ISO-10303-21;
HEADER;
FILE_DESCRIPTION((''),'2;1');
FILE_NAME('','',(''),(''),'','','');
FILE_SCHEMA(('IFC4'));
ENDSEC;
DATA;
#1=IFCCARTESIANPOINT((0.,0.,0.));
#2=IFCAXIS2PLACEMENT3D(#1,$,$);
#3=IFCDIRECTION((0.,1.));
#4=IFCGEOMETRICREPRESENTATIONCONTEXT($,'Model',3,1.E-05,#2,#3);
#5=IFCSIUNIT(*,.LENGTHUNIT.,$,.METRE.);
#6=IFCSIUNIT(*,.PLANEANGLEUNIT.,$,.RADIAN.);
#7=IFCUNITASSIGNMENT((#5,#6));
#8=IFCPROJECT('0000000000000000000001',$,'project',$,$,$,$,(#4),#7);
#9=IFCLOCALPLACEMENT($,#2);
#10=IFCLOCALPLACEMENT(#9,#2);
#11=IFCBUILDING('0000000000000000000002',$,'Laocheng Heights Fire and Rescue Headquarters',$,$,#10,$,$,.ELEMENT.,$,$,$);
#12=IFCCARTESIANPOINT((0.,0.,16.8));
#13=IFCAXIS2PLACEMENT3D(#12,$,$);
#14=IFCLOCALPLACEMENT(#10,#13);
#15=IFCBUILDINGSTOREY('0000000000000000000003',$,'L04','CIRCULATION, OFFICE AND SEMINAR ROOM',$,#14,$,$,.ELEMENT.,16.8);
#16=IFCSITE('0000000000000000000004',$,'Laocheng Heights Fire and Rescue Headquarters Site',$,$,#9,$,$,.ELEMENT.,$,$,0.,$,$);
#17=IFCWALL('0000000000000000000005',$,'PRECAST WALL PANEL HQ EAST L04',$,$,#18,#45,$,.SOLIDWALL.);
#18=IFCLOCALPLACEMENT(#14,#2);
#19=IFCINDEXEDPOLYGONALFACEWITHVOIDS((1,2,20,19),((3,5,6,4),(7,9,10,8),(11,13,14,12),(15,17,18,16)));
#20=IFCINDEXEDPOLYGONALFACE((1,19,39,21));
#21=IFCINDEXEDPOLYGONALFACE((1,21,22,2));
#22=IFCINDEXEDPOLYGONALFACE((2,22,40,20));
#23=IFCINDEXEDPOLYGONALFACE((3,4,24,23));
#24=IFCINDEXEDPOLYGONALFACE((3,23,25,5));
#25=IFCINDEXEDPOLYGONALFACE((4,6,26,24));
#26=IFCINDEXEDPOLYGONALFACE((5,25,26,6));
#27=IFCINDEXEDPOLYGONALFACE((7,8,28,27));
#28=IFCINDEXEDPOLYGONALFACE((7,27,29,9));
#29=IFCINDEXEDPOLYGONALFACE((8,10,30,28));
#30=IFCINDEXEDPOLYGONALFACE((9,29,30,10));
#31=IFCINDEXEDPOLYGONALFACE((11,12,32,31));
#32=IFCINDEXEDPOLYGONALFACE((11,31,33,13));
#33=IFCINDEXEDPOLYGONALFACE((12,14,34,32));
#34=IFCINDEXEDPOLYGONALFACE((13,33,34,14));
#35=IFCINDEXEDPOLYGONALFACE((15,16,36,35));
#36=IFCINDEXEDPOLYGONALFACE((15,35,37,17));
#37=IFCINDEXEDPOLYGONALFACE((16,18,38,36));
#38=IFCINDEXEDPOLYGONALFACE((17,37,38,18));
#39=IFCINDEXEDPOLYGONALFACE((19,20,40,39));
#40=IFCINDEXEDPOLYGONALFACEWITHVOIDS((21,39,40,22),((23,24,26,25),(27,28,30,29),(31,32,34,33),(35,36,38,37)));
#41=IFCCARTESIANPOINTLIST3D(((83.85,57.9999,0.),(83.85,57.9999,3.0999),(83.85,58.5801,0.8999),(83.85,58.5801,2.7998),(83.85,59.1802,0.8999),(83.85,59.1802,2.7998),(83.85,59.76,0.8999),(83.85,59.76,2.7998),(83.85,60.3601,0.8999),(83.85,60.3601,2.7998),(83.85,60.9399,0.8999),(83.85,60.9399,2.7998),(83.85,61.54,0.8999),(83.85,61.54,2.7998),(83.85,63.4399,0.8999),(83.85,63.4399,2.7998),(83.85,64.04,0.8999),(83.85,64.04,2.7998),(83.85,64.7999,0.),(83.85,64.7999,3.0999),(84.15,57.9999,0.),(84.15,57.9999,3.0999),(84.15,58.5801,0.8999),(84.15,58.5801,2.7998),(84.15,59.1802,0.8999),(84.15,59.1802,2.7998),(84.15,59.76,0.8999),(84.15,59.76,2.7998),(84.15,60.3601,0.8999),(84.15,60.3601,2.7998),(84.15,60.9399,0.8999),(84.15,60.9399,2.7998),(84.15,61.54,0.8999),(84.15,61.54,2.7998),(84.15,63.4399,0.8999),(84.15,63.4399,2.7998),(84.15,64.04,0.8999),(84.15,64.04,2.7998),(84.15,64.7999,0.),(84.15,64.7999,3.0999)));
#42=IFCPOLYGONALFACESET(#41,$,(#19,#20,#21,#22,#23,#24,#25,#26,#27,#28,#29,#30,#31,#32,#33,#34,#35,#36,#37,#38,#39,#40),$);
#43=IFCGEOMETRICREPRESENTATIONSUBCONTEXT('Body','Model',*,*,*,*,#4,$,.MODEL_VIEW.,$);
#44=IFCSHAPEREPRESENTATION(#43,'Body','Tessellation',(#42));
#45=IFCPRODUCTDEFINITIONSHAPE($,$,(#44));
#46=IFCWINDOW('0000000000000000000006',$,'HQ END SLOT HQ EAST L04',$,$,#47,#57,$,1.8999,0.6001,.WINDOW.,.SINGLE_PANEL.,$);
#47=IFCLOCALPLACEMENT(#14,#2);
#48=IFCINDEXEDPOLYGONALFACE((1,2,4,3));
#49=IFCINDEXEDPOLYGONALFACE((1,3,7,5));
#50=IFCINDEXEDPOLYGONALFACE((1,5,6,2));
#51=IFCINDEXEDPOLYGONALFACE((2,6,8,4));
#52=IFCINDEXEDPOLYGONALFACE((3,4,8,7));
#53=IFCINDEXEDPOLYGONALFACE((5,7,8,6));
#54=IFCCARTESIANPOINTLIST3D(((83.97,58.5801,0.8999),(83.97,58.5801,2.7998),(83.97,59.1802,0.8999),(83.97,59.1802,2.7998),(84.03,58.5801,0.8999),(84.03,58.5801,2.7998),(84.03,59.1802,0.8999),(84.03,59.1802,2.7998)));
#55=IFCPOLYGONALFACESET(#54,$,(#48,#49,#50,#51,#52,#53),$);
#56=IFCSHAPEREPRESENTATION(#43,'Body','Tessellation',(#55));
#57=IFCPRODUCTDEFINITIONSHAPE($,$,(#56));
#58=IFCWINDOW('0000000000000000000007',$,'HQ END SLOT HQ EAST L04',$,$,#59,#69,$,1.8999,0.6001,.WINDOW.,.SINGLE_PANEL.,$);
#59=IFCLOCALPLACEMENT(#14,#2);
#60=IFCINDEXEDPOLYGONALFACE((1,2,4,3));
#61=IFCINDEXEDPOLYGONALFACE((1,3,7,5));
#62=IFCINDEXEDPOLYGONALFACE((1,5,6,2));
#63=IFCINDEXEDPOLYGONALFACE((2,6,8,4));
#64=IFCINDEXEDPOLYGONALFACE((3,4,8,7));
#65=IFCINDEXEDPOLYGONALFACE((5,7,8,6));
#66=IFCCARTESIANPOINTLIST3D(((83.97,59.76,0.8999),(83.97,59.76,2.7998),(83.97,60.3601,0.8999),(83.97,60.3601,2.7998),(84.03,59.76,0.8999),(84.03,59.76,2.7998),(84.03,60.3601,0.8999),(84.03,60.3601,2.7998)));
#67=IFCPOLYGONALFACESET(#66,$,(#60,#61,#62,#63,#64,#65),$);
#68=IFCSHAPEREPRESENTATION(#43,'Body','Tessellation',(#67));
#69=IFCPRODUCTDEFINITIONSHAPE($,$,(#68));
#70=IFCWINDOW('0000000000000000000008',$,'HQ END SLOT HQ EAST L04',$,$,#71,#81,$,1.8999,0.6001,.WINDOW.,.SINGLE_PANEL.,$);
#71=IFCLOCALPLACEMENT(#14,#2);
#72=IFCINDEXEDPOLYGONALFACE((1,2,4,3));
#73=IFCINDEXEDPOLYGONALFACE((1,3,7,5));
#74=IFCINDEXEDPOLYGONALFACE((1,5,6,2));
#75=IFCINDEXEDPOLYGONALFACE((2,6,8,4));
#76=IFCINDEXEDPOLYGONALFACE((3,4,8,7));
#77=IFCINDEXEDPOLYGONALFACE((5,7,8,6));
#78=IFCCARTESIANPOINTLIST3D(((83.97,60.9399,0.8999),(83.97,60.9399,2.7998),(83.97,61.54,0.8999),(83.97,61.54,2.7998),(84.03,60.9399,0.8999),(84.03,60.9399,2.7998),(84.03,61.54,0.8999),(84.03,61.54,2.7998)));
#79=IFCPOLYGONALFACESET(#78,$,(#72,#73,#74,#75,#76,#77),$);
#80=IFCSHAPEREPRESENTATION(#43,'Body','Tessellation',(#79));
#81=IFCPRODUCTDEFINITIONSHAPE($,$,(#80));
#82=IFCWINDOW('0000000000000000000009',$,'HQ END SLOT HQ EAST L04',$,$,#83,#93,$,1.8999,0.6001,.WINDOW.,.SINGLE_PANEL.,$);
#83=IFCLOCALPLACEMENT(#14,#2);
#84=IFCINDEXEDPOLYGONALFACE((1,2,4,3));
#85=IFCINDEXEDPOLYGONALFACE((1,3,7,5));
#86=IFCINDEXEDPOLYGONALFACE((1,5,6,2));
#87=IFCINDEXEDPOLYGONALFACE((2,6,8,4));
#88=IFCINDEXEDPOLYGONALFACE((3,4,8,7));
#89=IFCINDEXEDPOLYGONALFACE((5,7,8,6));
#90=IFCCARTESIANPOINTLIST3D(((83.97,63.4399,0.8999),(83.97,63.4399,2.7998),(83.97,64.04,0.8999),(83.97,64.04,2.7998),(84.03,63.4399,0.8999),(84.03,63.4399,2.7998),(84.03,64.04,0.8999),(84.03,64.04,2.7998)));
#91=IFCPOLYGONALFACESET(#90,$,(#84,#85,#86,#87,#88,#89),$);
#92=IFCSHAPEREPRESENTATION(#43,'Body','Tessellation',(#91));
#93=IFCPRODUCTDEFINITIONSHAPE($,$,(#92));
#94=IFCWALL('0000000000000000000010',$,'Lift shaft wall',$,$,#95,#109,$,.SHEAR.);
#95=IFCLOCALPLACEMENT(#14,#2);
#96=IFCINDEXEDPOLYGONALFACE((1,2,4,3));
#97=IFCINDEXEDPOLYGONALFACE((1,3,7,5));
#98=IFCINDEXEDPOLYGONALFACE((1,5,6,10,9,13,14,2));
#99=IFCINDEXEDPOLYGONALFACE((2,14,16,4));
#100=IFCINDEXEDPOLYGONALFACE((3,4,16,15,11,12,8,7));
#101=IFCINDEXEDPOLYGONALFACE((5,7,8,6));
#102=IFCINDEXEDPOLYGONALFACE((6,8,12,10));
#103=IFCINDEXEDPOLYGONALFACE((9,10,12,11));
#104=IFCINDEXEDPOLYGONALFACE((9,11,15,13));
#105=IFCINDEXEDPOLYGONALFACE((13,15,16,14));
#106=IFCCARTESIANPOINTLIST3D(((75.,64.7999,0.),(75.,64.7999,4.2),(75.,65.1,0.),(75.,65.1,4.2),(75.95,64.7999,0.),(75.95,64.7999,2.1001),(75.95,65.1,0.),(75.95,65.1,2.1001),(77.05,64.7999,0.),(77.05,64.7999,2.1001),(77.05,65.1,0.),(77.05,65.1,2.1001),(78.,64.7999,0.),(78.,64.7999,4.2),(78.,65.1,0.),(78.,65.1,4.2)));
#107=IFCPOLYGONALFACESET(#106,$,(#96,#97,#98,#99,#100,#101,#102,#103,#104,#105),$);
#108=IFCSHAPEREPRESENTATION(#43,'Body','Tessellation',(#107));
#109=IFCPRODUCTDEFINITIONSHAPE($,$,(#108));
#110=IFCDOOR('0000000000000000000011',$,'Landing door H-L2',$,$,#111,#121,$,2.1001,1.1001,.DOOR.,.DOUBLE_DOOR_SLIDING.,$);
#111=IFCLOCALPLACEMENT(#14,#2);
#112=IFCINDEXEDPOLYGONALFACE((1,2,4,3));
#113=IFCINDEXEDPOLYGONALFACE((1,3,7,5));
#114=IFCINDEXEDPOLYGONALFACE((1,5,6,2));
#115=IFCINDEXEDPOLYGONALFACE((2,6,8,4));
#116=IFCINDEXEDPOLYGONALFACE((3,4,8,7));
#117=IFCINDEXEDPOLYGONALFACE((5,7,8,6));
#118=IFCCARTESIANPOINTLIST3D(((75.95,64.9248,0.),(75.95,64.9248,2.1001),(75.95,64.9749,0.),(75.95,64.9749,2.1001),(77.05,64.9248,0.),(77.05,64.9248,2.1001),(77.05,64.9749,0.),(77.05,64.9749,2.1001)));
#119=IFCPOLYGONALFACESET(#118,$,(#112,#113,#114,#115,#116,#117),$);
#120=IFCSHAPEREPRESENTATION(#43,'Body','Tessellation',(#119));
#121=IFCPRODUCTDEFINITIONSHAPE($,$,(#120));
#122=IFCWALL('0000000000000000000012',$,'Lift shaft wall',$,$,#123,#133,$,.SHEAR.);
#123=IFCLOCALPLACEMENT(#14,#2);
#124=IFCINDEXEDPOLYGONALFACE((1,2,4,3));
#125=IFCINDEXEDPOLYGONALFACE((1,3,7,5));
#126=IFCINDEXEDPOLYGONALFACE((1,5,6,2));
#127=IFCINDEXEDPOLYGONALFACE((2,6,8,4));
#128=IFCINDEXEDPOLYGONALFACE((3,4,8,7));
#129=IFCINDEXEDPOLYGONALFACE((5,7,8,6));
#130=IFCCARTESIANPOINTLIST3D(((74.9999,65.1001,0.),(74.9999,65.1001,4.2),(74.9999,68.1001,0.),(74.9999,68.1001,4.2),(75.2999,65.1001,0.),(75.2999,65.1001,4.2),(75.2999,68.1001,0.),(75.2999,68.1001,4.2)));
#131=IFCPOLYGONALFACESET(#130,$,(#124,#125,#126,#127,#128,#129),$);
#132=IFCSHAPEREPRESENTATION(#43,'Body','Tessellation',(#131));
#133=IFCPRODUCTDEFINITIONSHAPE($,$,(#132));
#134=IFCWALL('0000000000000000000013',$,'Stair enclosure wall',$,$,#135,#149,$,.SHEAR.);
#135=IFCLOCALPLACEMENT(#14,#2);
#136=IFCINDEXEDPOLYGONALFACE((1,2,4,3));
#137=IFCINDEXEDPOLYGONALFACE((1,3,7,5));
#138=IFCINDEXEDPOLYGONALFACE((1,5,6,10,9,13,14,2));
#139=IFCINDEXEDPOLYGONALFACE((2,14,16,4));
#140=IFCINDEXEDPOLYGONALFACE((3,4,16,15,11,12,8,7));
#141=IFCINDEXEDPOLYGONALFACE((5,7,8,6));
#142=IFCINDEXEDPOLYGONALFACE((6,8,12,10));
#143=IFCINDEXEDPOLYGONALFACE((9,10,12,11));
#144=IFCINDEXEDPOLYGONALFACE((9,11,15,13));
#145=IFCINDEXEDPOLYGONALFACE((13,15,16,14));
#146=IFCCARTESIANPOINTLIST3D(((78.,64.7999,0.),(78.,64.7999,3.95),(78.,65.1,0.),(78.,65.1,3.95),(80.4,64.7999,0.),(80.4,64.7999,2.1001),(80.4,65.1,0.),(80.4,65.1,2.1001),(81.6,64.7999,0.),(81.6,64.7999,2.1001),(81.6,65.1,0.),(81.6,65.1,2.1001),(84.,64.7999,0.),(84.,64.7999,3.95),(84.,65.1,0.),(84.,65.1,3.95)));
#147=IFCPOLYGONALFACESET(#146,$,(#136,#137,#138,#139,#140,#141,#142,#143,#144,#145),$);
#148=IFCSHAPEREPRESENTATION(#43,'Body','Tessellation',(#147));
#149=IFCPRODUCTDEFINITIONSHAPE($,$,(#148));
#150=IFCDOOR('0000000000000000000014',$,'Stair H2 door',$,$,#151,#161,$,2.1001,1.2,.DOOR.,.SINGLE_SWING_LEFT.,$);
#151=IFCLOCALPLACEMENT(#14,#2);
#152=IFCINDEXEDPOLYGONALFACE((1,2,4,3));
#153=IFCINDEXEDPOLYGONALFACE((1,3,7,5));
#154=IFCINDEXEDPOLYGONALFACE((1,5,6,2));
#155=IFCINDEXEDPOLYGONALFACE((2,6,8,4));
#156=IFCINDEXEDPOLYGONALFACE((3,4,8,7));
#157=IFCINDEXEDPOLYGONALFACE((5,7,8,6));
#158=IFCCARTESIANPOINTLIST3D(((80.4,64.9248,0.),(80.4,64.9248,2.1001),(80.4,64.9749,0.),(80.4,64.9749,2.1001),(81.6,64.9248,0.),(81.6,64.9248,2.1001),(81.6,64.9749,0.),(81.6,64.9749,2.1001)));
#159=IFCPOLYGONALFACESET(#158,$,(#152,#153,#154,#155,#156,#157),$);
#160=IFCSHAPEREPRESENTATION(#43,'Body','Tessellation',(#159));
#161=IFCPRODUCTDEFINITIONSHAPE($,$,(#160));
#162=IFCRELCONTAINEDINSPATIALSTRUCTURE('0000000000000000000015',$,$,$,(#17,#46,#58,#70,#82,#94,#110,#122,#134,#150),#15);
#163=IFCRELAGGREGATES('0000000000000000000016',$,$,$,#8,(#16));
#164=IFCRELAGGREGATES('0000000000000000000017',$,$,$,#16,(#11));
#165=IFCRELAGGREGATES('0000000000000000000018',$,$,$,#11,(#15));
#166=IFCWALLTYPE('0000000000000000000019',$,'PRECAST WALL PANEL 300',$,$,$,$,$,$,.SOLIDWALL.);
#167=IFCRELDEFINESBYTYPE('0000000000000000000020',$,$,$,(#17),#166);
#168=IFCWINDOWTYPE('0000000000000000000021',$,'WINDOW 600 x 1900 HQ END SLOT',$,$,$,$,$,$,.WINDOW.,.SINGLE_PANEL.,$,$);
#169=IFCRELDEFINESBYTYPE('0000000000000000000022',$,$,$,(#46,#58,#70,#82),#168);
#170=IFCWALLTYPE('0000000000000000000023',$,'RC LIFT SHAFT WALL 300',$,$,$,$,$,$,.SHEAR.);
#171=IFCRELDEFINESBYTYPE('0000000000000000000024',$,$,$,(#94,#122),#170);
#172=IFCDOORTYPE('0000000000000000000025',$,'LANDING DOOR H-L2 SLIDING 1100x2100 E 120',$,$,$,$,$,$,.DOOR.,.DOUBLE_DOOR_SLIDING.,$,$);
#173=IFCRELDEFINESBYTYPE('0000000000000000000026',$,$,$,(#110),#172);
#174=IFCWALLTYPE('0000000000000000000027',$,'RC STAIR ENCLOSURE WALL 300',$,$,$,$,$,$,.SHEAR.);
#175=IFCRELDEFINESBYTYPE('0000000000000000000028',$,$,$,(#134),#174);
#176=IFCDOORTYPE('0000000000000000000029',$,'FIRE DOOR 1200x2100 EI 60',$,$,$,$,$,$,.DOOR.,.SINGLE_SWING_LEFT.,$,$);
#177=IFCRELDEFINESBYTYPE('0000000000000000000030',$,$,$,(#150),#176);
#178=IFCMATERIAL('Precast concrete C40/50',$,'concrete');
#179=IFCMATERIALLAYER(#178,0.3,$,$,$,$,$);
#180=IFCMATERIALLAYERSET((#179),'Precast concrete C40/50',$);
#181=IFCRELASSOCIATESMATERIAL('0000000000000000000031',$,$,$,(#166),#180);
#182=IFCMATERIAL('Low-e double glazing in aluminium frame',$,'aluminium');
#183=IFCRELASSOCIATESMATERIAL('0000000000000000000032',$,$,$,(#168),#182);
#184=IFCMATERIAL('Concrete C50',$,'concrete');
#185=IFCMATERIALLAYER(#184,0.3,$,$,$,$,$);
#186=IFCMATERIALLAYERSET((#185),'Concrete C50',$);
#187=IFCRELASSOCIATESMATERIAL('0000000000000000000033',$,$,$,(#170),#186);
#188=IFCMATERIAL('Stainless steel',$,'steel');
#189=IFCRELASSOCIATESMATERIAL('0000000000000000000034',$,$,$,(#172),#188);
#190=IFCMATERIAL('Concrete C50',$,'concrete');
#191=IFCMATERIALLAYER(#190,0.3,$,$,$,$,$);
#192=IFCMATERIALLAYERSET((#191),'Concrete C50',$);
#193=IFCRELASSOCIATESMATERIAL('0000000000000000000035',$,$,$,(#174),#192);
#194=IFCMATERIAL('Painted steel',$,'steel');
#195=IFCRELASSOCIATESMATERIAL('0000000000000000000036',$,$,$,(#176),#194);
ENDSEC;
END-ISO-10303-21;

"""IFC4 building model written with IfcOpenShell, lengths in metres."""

from ifc_helpers import new_model, si_unit, direction, frame, frame_2d, origin, place, context, subcontext, project, spatial, rectangle, extrude, material, layer, layer_set, type_object, element, fill, save


model = new_model("IFC4")

# Units and contexts
model_context = context("Model", 3, precision=1e-05, world=origin(), true_north=direction((0.0, 1.0)))
body_context = subcontext(model_context, "Body", "Model", "MODEL_VIEW")
ifc_project = project(units=[si_unit("LENGTHUNIT", "METRE"), si_unit("PLANEANGLEUNIT", "RADIAN")], contexts=[model_context])

# Site, building, storey
site_placement = place(None, origin())
site = spatial("IfcSite", under=ifc_project, at=site_placement, Name="Laocheng Heights Fire and Rescue Headquarters Site", CompositionType="ELEMENT", RefElevation=0.0)
building_placement = place(site_placement, origin())
building = spatial("IfcBuilding", under=site, at=building_placement, Name="Laocheng Heights Fire and Rescue Headquarters", CompositionType="ELEMENT")
storey_placement = place(building_placement, frame((0.0, 0.0, 16.8)))
storey = spatial("IfcBuildingStorey", under=building, at=storey_placement, Name="L04", Description="CIRCULATION, OFFICE AND SEMINAR ROOM", CompositionType="ELEMENT", Elevation=16.8)

# Wall, openings, windows
ifc_material_1 = material(Name="Precast concrete C40/50", Category="concrete")
ifc_layer_1 = layer(ifc_material_1, 0.3)
ifc_layer_set_1 = layer_set([ifc_layer_1], Name="Precast concrete C40/50")
wall_type_1 = type_object("IfcWallType", Name="PRECAST WALL PANEL 300", PredefinedType="SOLIDWALL", material=ifc_layer_set_1)
ifc_material_2 = material(Name="Low-e double glazing in aluminium frame", Category="aluminium")
window_type = type_object("IfcWindowType", Name="WINDOW 600 x 1900 HQ END SLOT", PartitioningType="SINGLE_PANEL", PredefinedType="WINDOW", material=ifc_material_2)
wall_1_placement = place(storey_placement, frame((84.0, 58.0, 0.0), z_axis=(0.0, 0.0, 1.0), x_axis=(0.0, 1.0, 0.0)))
wall_1 = element("IfcWall", 1, at=wall_1_placement, inside=storey, type_object=wall_type_1, Name="PRECAST WALL PANEL HQ EAST L04", PredefinedType="SOLIDWALL", context=body_context, shape_type="SweptSolid", body=[
    extrude(rectangle(XDim=6.8, YDim=0.3, at=frame_2d((3.3999, 0.0))), origin(), (0.0, 0.0, 1.0), 3.0999),
])
opening_1_placement = place(wall_1_placement, frame((0.5801, 0.0, 0.8999)))
opening_1 = element("IfcOpeningElement", 2, at=opening_1_placement, cuts=wall_1, PredefinedType="OPENING", context=body_context, shape_type="SweptSolid", body=[
    extrude(rectangle(XDim=0.6001, YDim=1.8999, at=frame_2d((0.3, 0.95))), frame((0.0, 0.1599, 0.0), z_axis=(0.0, -1.0, 0.0), x_axis=(1.0, 0.0, 0.0)), (0.0, 0.0, 1.0), 0.3201),
])
opening_2_placement = place(wall_1_placement, frame((1.76, 0.0, 0.8999)))
opening_2 = element("IfcOpeningElement", 3, at=opening_2_placement, cuts=wall_1, PredefinedType="OPENING", context=body_context, shape_type="SweptSolid", body=[
    extrude(rectangle(XDim=0.6001, YDim=1.8999, at=frame_2d((0.3, 0.95))), frame((0.0, 0.1599, 0.0), z_axis=(0.0, -1.0, 0.0), x_axis=(1.0, 0.0, 0.0)), (0.0, 0.0, 1.0), 0.3201),
])
opening_3_placement = place(wall_1_placement, frame((2.9399, 0.0, 0.8999)))
opening_3 = element("IfcOpeningElement", 4, at=opening_3_placement, cuts=wall_1, PredefinedType="OPENING", context=body_context, shape_type="SweptSolid", body=[
    extrude(rectangle(XDim=0.6001, YDim=1.8999, at=frame_2d((0.3, 0.95))), frame((0.0, 0.1599, 0.0), z_axis=(0.0, -1.0, 0.0), x_axis=(1.0, 0.0, 0.0)), (0.0, 0.0, 1.0), 0.3201),
])
opening_4_placement = place(wall_1_placement, frame((5.4399, 0.0, 0.8999)))
opening_4 = element("IfcOpeningElement", 5, at=opening_4_placement, cuts=wall_1, PredefinedType="OPENING", context=body_context, shape_type="SweptSolid", body=[
    extrude(rectangle(XDim=0.6001, YDim=1.8999, at=frame_2d((0.3, 0.95))), frame((0.0, 0.1599, 0.0), z_axis=(0.0, -1.0, 0.0), x_axis=(1.0, 0.0, 0.0)), (0.0, 0.0, 1.0), 0.3201),
])
window_1_placement = place(opening_1_placement, origin())
window_1 = element("IfcWindow", 6, at=window_1_placement, inside=storey, type_object=window_type, Name="HQ END SLOT HQ EAST L04", OverallHeight=1.8999, OverallWidth=0.6001, PartitioningType="SINGLE_PANEL", PredefinedType="WINDOW", context=body_context, shape_type="SweptSolid", body=[
    extrude(rectangle(XDim=0.6001, YDim=1.8999, at=frame_2d((0.3, 0.95))), frame((0.0, 0.03, 0.0), z_axis=(0.0, -1.0, 0.0), x_axis=(1.0, 0.0, 0.0)), (0.0, 0.0, 1.0), 0.0601),
])
fill(opening_1, window_1)
window_2_placement = place(opening_2_placement, origin())
window_2 = element("IfcWindow", 7, at=window_2_placement, inside=storey, type_object=window_type, Name="HQ END SLOT HQ EAST L04", OverallHeight=1.8999, OverallWidth=0.6001, PartitioningType="SINGLE_PANEL", PredefinedType="WINDOW", context=body_context, shape_type="SweptSolid", body=[
    extrude(rectangle(XDim=0.6001, YDim=1.8999, at=frame_2d((0.3, 0.95))), frame((0.0, 0.03, 0.0), z_axis=(0.0, -1.0, 0.0), x_axis=(1.0, 0.0, 0.0)), (0.0, 0.0, 1.0), 0.0601),
])
fill(opening_2, window_2)
window_3_placement = place(opening_3_placement, origin())
window_3 = element("IfcWindow", 8, at=window_3_placement, inside=storey, type_object=window_type, Name="HQ END SLOT HQ EAST L04", OverallHeight=1.8999, OverallWidth=0.6001, PartitioningType="SINGLE_PANEL", PredefinedType="WINDOW", context=body_context, shape_type="SweptSolid", body=[
    extrude(rectangle(XDim=0.6001, YDim=1.8999, at=frame_2d((0.3, 0.95))), frame((0.0, 0.03, 0.0), z_axis=(0.0, -1.0, 0.0), x_axis=(1.0, 0.0, 0.0)), (0.0, 0.0, 1.0), 0.0601),
])
fill(opening_3, window_3)
window_4_placement = place(opening_4_placement, origin())
window_4 = element("IfcWindow", 9, at=window_4_placement, inside=storey, type_object=window_type, Name="HQ END SLOT HQ EAST L04", OverallHeight=1.8999, OverallWidth=0.6001, PartitioningType="SINGLE_PANEL", PredefinedType="WINDOW", context=body_context, shape_type="SweptSolid", body=[
    extrude(rectangle(XDim=0.6001, YDim=1.8999, at=frame_2d((0.3, 0.95))), frame((0.0, 0.03, 0.0), z_axis=(0.0, -1.0, 0.0), x_axis=(1.0, 0.0, 0.0)), (0.0, 0.0, 1.0), 0.0601),
])
fill(opening_4, window_4)

# Wall, opening, door
ifc_material_3 = material(Name="Concrete C50", Category="concrete")
ifc_layer_2 = layer(ifc_material_3, 0.3)
ifc_layer_set_2 = layer_set([ifc_layer_2], Name="Concrete C50")
wall_type_2 = type_object("IfcWallType", Name="RC LIFT SHAFT WALL 300", PredefinedType="SHEAR", material=ifc_layer_set_2)
wall_2_placement = place(storey_placement, frame((75.0, 64.95, 0.0), z_axis=(0.0, 0.0, 1.0), x_axis=(1.0, 0.0, 0.0)))
wall_2 = element("IfcWall", 10, at=wall_2_placement, inside=storey, type_object=wall_type_2, Name="Lift shaft wall", PredefinedType="SHEAR", context=body_context, shape_type="SweptSolid", body=[
    extrude(rectangle(XDim=3.0, YDim=0.3, at=frame_2d((1.5, 0.0))), origin(), (0.0, 0.0, 1.0), 4.2),
])
opening_5_placement = place(wall_2_placement, frame((0.95, 0.0, 0.0)))
opening_5 = element("IfcOpeningElement", 11, at=opening_5_placement, cuts=wall_2, PredefinedType="OPENING", context=body_context, shape_type="SweptSolid", body=[
    extrude(rectangle(XDim=1.1001, YDim=2.1001, at=frame_2d((0.55, 1.05))), frame((0.0, 0.1599, 0.0), z_axis=(0.0, -1.0, 0.0), x_axis=(1.0, 0.0, 0.0)), (0.0, 0.0, 1.0), 0.3201),
])
ifc_material_4 = material(Name="Stainless steel", Category="steel")
door_type_1 = type_object("IfcDoorType", Name="LANDING DOOR H-L2 SLIDING 1100x2100 E 120", OperationType="DOUBLE_DOOR_SLIDING", PredefinedType="DOOR", material=ifc_material_4)
door_1_placement = place(opening_5_placement, origin())
door_1 = element("IfcDoor", 12, at=door_1_placement, inside=storey, type_object=door_type_1, Name="Landing door H-L2", OperationType="DOUBLE_DOOR_SLIDING", OverallHeight=2.1001, OverallWidth=1.1001, PredefinedType="DOOR", context=body_context, shape_type="SweptSolid", body=[
    extrude(rectangle(XDim=1.1001, YDim=2.1001, at=frame_2d((0.55, 1.05))), frame((0.0, 0.0249, 0.0), z_axis=(0.0, -1.0, 0.0), x_axis=(1.0, 0.0, 0.0)), (0.0, 0.0, 1.0), 0.05),
])
fill(opening_5, door_1)

# Wall
wall_3_placement = place(storey_placement, frame((75.1499, 65.1001, 0.0), z_axis=(0.0, 0.0, 1.0), x_axis=(0.0, 1.0, 0.0)))
element("IfcWall", 13, at=wall_3_placement, inside=storey, type_object=wall_type_2, Name="Lift shaft wall", PredefinedType="SHEAR", context=body_context, shape_type="SweptSolid", body=[
    extrude(rectangle(XDim=3.0, YDim=0.3, at=frame_2d((1.5, 0.0))), origin(), (0.0, 0.0, 1.0), 4.2),
])

# Wall, opening, door
ifc_material_5 = material(Name="Concrete C50", Category="concrete")
ifc_layer_3 = layer(ifc_material_5, 0.3)
ifc_layer_set_3 = layer_set([ifc_layer_3], Name="Concrete C50")
wall_type_3 = type_object("IfcWallType", Name="RC STAIR ENCLOSURE WALL 300", PredefinedType="SHEAR", material=ifc_layer_set_3)
wall_4_placement = place(storey_placement, frame((78.0, 64.95, 0.0), z_axis=(0.0, 0.0, 1.0), x_axis=(1.0, 0.0, 0.0)))
wall_4 = element("IfcWall", 14, at=wall_4_placement, inside=storey, type_object=wall_type_3, Name="Stair enclosure wall", PredefinedType="SHEAR", context=body_context, shape_type="SweptSolid", body=[
    extrude(rectangle(XDim=6.0, YDim=0.3, at=frame_2d((3.0, 0.0))), origin(), (0.0, 0.0, 1.0), 3.95),
])
opening_6_placement = place(wall_4_placement, frame((2.3999, 0.0, 0.0)))
opening_6 = element("IfcOpeningElement", 15, at=opening_6_placement, cuts=wall_4, PredefinedType="OPENING", context=body_context, shape_type="SweptSolid", body=[
    extrude(rectangle(XDim=1.2, YDim=2.1001, at=frame_2d((0.6001, 1.05))), frame((0.0, 0.1599, 0.0), z_axis=(0.0, -1.0, 0.0), x_axis=(1.0, 0.0, 0.0)), (0.0, 0.0, 1.0), 0.3201),
])
ifc_material_6 = material(Name="Painted steel", Category="steel")
door_type_2 = type_object("IfcDoorType", Name="FIRE DOOR 1200x2100 EI 60", OperationType="SINGLE_SWING_LEFT", PredefinedType="DOOR", material=ifc_material_6)
door_2_placement = place(opening_6_placement, origin())
door_2 = element("IfcDoor", 16, at=door_2_placement, inside=storey, type_object=door_type_2, Name="Stair H2 door", OperationType="SINGLE_SWING_LEFT", OverallHeight=2.1001, OverallWidth=1.2, PredefinedType="DOOR", context=body_context, shape_type="SweptSolid", body=[
    extrude(rectangle(XDim=1.2, YDim=2.1001, at=frame_2d((0.6001, 1.05))), frame((0.0, 0.0249, 0.0), z_axis=(0.0, -1.0, 0.0), x_axis=(1.0, 0.0, 0.0)), (0.0, 0.0, 1.0), 0.05),
])
fill(opening_6, door_2)

save(model, "model.ifc")
